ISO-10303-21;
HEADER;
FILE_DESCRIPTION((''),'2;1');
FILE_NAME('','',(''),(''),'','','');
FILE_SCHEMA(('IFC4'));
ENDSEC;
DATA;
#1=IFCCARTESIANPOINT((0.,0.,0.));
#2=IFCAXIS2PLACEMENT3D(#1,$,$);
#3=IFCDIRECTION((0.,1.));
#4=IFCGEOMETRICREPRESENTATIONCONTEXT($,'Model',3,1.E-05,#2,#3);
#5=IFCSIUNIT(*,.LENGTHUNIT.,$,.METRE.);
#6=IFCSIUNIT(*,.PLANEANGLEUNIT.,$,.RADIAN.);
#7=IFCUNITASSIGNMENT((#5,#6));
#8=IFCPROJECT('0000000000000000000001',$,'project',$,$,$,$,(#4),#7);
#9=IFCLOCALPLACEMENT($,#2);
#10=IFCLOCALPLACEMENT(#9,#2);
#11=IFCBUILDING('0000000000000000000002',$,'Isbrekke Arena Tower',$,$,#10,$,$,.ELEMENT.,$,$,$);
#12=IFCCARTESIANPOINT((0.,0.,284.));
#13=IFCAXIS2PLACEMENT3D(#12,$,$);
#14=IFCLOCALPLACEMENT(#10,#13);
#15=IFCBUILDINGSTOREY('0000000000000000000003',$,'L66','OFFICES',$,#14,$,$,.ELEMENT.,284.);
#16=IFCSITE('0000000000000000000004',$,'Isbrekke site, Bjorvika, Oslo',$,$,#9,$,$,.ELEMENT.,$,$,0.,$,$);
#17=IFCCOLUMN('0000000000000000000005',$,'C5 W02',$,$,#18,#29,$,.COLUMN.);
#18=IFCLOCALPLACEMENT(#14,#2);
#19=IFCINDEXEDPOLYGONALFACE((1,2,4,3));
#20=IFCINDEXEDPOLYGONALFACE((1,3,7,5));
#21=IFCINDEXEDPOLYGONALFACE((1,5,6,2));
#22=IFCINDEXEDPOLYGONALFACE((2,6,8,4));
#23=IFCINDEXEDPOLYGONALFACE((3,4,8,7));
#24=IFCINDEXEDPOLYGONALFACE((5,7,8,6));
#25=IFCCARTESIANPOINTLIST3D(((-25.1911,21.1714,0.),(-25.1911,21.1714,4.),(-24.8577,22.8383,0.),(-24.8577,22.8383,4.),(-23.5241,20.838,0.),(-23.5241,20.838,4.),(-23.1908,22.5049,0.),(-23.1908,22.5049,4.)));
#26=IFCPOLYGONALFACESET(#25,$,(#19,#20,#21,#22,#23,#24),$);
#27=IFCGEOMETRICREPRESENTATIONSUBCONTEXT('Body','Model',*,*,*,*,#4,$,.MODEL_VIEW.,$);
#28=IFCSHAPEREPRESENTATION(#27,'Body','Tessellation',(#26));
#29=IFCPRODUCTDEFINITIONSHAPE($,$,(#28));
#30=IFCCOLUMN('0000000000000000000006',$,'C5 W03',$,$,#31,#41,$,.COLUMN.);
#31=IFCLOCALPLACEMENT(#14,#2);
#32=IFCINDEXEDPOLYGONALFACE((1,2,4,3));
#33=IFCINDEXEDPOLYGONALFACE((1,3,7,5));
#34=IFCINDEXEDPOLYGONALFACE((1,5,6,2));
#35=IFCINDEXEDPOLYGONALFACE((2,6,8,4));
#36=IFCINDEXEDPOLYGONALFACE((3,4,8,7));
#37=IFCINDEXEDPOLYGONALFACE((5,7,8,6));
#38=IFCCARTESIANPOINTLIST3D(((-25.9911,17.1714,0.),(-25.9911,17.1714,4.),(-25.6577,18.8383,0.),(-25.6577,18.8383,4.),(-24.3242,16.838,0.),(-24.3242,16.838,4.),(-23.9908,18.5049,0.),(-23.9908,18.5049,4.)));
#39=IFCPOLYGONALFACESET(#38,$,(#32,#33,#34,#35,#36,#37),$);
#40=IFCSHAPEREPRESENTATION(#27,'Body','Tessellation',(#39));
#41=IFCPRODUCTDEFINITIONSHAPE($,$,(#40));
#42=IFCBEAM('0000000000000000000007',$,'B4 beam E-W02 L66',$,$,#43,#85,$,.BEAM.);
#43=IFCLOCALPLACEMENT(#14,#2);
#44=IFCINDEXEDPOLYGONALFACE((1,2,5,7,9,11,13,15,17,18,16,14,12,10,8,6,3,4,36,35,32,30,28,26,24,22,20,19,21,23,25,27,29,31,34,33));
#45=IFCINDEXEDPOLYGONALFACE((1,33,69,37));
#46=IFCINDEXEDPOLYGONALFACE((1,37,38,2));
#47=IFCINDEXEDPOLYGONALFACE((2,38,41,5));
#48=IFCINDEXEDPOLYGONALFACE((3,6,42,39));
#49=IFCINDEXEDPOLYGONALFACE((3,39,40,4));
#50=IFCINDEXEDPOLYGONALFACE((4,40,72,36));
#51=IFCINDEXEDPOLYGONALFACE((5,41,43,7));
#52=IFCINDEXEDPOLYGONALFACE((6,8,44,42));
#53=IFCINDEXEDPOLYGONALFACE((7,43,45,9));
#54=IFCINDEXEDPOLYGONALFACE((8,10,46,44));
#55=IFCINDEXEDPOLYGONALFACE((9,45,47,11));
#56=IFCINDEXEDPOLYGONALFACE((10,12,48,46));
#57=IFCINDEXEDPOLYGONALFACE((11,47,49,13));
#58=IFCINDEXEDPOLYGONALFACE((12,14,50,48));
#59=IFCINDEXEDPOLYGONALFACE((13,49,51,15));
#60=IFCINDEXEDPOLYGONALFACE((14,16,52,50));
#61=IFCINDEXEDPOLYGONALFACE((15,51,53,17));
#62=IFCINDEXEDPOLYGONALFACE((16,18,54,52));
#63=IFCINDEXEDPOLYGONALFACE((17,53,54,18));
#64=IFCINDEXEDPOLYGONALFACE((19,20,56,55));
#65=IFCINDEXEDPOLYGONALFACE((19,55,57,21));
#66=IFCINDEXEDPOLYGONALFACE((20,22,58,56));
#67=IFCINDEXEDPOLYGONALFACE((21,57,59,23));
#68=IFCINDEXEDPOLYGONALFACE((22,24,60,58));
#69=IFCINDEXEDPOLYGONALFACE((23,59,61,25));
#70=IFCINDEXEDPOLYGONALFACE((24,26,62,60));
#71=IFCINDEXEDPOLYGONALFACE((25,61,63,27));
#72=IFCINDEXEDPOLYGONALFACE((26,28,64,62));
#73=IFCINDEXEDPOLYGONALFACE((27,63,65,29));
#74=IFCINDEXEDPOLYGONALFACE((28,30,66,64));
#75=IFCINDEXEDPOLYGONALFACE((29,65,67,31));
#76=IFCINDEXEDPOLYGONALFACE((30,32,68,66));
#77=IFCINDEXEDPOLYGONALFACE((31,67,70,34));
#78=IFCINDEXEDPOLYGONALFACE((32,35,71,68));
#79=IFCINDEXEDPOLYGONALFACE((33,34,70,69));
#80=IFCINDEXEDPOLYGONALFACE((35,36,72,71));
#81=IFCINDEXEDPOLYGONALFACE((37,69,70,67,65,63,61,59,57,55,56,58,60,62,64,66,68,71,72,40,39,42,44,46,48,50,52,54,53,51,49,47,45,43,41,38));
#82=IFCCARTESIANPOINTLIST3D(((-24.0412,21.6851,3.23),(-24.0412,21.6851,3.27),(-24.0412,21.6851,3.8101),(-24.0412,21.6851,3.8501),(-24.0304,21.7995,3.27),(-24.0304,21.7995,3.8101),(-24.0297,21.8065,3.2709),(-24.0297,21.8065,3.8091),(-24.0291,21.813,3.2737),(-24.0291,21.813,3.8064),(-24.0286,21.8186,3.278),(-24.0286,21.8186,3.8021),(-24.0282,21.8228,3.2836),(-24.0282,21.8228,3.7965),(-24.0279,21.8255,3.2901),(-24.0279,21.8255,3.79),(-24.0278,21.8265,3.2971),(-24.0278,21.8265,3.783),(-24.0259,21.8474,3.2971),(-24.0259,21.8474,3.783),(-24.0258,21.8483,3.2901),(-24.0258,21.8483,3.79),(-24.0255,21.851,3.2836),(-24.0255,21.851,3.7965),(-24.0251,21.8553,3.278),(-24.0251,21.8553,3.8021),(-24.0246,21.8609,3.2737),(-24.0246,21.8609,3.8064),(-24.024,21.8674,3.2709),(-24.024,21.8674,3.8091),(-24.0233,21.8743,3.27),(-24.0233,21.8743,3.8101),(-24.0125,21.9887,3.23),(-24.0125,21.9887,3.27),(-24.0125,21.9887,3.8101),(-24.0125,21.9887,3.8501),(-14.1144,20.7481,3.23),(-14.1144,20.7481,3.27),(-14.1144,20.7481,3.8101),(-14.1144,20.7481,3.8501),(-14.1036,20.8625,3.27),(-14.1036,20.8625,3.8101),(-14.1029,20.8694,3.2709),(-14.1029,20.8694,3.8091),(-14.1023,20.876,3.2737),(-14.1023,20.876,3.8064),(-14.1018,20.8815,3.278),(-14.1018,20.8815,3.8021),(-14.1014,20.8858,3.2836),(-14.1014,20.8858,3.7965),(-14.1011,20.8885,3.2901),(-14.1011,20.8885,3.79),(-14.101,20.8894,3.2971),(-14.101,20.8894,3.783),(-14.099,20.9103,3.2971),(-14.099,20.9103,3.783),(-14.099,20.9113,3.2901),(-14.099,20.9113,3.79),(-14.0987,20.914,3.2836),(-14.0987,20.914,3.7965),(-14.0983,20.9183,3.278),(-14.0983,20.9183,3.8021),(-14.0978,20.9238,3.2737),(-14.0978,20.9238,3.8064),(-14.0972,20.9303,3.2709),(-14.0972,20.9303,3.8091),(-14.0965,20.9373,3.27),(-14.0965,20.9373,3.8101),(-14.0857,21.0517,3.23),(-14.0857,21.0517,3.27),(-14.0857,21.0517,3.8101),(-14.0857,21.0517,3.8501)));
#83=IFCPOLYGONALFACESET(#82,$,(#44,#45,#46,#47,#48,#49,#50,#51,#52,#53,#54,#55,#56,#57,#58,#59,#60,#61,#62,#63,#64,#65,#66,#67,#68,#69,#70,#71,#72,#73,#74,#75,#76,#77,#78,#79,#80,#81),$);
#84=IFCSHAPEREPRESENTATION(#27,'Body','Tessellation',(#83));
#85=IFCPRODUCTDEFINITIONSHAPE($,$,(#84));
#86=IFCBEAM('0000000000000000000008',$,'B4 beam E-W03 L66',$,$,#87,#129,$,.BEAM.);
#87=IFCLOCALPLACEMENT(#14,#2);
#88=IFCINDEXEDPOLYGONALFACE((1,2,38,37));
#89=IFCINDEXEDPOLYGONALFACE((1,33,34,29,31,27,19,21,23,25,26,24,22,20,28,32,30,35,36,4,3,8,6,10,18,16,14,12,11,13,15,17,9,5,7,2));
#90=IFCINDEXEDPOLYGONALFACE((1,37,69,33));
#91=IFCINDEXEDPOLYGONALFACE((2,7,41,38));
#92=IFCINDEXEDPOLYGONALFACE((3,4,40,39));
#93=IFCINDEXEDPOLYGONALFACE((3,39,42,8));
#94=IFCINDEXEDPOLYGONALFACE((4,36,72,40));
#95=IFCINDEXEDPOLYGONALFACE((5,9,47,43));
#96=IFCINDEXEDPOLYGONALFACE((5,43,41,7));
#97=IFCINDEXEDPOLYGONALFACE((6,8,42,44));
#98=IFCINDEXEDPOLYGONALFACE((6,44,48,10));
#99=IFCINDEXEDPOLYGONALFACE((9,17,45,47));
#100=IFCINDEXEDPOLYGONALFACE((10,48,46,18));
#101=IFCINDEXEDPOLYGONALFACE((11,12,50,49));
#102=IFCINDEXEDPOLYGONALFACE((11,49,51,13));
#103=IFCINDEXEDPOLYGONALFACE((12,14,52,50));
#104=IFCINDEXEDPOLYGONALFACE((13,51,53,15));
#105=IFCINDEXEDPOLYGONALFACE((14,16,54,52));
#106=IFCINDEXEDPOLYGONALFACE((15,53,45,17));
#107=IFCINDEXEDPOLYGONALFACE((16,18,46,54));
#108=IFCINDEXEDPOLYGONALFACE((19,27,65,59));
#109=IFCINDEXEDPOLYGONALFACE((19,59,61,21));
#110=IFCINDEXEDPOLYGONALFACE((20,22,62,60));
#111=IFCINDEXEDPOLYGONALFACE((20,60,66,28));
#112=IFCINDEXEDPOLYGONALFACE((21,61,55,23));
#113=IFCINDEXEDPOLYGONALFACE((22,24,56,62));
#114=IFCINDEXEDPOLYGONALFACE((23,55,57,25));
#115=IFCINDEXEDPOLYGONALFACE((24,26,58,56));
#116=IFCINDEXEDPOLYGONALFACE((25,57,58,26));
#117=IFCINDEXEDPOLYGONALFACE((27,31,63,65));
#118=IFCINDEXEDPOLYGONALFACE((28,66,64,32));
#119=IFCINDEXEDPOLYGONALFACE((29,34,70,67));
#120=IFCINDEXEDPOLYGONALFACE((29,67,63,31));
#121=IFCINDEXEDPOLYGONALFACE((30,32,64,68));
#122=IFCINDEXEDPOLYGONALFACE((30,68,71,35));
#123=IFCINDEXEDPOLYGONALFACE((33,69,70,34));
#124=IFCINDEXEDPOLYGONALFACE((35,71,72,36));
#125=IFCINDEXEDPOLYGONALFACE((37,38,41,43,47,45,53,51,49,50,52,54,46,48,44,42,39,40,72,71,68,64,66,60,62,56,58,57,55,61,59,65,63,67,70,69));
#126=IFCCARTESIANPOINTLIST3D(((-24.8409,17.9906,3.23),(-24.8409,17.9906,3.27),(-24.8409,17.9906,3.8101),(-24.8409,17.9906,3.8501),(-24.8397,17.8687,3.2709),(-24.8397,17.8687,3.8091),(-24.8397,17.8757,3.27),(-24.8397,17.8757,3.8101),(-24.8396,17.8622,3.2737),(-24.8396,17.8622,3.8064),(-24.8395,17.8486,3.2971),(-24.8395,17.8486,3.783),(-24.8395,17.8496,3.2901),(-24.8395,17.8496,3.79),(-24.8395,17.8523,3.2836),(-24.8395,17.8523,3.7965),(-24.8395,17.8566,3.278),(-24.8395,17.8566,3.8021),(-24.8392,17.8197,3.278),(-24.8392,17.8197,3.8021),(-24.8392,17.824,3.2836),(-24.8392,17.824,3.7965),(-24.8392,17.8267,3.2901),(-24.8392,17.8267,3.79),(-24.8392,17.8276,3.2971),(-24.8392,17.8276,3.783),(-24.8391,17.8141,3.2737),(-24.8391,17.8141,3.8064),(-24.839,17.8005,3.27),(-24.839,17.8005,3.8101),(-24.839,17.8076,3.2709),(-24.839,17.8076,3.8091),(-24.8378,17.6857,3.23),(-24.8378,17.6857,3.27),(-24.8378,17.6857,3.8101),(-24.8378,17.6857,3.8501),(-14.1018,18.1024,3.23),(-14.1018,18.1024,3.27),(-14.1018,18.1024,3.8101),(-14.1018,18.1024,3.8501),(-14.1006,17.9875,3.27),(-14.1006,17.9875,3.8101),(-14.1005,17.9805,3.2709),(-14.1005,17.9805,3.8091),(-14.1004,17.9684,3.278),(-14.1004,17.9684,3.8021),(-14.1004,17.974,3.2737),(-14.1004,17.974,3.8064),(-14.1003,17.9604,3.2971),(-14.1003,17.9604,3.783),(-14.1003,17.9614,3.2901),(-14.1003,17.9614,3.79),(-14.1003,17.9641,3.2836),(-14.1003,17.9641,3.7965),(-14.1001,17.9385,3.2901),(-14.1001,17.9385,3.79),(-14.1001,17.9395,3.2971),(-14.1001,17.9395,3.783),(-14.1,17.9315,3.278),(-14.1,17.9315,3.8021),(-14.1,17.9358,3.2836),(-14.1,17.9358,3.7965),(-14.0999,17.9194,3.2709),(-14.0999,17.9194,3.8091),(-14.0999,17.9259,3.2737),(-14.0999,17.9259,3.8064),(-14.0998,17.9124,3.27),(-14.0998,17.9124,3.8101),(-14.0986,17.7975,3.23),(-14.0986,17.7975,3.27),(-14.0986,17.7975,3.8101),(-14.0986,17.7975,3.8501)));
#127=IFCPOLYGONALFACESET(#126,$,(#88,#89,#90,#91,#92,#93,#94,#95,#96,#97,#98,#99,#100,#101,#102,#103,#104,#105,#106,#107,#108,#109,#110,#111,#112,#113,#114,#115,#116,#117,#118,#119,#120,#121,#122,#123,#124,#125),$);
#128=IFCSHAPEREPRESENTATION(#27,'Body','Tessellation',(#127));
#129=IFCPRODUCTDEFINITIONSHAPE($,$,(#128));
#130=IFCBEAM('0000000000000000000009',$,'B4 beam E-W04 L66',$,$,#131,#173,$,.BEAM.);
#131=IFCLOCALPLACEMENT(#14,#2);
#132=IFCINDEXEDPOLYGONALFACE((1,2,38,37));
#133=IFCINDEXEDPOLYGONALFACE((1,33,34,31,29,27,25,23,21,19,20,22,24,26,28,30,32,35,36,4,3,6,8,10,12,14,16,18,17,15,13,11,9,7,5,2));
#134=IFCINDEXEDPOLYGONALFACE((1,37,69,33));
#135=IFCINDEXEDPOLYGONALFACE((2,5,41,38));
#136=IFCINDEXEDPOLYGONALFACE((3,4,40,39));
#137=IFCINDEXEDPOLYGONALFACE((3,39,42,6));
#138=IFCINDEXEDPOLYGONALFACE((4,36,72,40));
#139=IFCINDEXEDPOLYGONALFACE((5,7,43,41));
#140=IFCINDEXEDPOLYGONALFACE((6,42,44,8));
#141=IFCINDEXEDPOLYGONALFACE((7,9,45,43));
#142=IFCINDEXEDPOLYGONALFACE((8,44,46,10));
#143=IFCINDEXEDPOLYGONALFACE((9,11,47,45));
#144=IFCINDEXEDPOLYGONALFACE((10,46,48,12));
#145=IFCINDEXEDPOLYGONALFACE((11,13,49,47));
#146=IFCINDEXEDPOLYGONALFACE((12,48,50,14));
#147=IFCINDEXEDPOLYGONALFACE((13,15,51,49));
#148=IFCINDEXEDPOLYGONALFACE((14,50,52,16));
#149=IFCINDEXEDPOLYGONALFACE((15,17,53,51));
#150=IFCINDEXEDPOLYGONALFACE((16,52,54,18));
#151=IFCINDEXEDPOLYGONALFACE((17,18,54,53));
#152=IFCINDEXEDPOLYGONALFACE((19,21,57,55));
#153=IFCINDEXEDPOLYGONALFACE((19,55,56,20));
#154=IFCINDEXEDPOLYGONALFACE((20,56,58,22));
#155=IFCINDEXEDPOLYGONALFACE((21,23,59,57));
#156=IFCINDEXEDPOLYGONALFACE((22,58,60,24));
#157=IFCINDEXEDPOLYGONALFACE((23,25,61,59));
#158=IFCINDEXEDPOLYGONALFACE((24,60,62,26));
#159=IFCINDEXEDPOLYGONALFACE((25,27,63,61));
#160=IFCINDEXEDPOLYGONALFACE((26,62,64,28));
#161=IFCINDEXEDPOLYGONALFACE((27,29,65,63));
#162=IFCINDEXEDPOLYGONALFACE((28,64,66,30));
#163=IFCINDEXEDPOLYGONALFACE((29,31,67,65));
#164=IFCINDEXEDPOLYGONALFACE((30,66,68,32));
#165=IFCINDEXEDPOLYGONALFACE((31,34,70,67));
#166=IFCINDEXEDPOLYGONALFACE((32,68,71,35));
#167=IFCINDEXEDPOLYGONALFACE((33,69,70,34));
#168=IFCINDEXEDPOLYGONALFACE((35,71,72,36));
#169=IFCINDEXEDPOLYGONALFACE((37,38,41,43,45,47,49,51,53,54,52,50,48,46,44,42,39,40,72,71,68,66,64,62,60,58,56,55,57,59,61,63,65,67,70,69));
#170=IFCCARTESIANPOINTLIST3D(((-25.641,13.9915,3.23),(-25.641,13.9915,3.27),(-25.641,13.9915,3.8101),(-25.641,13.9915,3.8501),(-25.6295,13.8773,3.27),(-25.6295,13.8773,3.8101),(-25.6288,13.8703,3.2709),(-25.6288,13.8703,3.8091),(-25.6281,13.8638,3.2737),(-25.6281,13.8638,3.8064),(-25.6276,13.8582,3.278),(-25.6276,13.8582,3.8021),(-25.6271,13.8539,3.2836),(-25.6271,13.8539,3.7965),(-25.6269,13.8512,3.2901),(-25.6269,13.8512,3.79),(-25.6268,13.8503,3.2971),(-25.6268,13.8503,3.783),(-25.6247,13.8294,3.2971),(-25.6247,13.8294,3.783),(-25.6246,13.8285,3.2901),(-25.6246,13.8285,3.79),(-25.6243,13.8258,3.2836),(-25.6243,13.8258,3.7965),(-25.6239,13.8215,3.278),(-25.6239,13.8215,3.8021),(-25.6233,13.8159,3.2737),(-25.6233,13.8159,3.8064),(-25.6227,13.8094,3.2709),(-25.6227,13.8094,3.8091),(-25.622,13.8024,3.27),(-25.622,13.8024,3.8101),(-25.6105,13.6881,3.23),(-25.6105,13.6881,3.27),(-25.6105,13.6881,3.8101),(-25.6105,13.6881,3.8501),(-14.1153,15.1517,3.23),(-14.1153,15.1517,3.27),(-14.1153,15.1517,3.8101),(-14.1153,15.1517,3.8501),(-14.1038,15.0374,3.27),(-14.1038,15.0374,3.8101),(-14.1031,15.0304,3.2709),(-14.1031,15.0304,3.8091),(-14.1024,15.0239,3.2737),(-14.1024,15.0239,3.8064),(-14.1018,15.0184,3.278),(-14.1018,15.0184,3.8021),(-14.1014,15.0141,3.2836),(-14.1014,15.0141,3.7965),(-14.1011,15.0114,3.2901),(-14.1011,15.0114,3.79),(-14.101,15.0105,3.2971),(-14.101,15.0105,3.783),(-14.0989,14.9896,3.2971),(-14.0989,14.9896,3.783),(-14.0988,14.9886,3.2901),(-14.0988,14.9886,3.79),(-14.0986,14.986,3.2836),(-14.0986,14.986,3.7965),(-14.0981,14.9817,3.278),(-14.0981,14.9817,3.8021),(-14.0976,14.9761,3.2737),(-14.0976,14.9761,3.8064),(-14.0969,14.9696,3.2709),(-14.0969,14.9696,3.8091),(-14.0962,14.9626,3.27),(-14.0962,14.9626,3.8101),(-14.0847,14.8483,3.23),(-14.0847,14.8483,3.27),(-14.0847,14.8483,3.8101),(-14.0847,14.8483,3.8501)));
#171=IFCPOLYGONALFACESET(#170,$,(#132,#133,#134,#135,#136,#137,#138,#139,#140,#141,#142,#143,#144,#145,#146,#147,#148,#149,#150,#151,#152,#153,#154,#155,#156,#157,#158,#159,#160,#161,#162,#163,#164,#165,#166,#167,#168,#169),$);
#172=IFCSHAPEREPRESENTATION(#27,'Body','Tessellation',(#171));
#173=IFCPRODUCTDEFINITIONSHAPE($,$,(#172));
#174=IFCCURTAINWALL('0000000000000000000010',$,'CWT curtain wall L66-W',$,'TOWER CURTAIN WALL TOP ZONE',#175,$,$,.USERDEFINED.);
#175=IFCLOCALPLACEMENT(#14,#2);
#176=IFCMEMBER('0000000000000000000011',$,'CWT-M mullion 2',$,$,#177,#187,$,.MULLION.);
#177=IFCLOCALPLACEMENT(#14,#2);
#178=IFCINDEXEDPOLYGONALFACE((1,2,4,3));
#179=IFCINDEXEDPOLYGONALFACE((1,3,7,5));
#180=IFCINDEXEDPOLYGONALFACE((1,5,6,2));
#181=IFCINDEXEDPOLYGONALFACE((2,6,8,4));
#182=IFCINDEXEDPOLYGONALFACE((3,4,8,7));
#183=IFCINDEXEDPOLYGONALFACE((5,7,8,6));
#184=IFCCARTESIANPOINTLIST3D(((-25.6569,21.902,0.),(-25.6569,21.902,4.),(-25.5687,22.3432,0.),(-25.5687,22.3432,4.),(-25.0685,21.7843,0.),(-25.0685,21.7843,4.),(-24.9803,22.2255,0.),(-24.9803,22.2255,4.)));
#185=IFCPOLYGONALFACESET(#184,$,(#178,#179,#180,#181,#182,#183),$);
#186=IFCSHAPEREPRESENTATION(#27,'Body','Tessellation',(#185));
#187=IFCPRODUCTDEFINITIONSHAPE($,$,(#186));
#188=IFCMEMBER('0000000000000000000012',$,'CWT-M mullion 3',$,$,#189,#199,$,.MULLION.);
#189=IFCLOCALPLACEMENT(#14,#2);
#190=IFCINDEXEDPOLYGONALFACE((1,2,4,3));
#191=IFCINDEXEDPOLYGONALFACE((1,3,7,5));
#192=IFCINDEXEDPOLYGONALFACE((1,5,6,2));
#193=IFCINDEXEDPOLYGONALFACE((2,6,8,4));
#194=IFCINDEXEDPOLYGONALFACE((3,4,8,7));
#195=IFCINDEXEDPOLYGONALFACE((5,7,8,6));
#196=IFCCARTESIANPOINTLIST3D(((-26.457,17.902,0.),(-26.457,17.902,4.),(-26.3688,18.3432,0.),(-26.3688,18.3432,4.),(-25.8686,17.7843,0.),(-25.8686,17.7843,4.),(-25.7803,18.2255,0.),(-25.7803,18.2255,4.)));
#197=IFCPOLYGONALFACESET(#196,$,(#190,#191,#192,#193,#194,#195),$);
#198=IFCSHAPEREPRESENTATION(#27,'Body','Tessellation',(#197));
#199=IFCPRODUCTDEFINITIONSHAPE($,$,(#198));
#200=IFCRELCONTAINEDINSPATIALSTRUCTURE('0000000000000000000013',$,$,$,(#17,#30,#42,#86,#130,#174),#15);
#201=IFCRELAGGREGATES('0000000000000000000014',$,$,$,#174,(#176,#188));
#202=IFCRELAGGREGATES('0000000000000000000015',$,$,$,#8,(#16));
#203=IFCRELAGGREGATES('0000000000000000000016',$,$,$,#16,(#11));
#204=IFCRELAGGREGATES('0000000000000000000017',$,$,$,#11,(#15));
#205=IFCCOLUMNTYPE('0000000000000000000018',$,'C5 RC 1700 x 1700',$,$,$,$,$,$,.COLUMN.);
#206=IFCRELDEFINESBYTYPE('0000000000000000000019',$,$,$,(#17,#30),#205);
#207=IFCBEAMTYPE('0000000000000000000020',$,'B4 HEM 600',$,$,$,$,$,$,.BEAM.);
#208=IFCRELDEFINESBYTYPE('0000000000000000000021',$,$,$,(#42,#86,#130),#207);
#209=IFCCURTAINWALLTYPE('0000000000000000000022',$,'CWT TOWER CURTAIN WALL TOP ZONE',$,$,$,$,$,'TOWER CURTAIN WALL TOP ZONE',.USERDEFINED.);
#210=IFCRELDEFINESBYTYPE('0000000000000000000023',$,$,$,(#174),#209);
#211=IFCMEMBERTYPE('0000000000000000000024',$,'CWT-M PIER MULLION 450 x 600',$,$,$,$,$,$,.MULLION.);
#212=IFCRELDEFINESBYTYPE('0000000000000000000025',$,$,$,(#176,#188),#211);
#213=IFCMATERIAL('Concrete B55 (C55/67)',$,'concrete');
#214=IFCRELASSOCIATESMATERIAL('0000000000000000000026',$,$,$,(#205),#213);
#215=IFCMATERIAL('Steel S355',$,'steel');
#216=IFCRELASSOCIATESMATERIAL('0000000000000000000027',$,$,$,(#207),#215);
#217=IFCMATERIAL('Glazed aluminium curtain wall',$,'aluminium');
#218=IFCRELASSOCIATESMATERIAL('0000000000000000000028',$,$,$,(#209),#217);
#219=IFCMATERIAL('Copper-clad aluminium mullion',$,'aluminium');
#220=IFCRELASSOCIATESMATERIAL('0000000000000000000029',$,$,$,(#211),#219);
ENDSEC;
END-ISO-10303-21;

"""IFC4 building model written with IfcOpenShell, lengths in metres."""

from ifc_helpers import new_model, si_unit, direction, frame, origin, origin_2d, place, context, subcontext, project, spatial, rectangle, i_section, extrude, material, material_profile, profile_set, type_object, element, aggregate, save


model = new_model("IFC4")

# Units and contexts
model_context = context("Model", 3, precision=1e-05, world=origin(), true_north=direction((0.0, 1.0)))
body_context = subcontext(model_context, "Body", "Model", "MODEL_VIEW")
ifc_project = project(units=[si_unit("LENGTHUNIT", "METRE"), si_unit("PLANEANGLEUNIT", "RADIAN")], contexts=[model_context])

# Site, building, storey
site_placement = place(None, origin())
site = spatial("IfcSite", under=ifc_project, at=site_placement, Name="Isbrekke site, Bjorvika, Oslo", CompositionType="ELEMENT", RefElevation=0.0)
building_placement = place(site_placement, origin())
building = spatial("IfcBuilding", under=site, at=building_placement, Name="Isbrekke Arena Tower", CompositionType="ELEMENT")
storey_placement = place(building_placement, frame((0.0, 0.0, 284.0)))
storey = spatial("IfcBuildingStorey", under=building, at=storey_placement, Name="L66", Description="OFFICES", CompositionType="ELEMENT", Elevation=284.0)

# Columns
ifc_material_1 = material(Name="Concrete B55 (C55/67)", Category="concrete")
ifc_material_profile_1 = material_profile(ifc_material_1, rectangle(XDim=1.7, YDim=1.7, at=origin_2d()), Name="RC 1700x1700")
ifc_profile_set_1 = profile_set([ifc_material_profile_1], Name="Concrete B55 (C55/67)")
column_type = type_object("IfcColumnType", Name="C5 RC 1700 x 1700", PredefinedType="COLUMN", material=ifc_profile_set_1)
for number, where, z_axis, x_axis, name in (
    (1, (-24.1909, 21.8381, 0.0), (0.0, 0.0, 1.0), (-0.196116, -0.980581, 0.0), "C5 W02"),
    (2, (-24.991, 17.8381, 0.0), (0.0, 0.0, 1.0), (-0.196116, -0.980581, 0.0), "C5 W03"),
):
    element("IfcColumn", number, at=place(storey_placement, frame(where, z_axis=z_axis, x_axis=x_axis)), inside=storey, type_object=column_type, Name=name, PredefinedType="COLUMN", context=body_context, shape_type="SweptSolid", body=[
        extrude(rectangle(XDim=1.7, YDim=1.7, at=origin_2d()), origin(), (0.0, 0.0, 1.0), 4.0),
    ])

# Beams
ifc_material_2 = material(Name="Steel S355", Category="steel")
ifc_material_profile_2 = material_profile(ifc_material_2, i_section(OverallWidth=0.3049, OverallDepth=0.6201, WebThickness=0.021, FlangeThickness=0.04, FilletRadius=0.0271, at=origin_2d()), Name="HEM 600")
ifc_profile_set_2 = profile_set([ifc_material_profile_2], Name="Steel S355")
beam_type_1 = type_object("IfcBeamType", Name="B4 HEM 600", PredefinedType="BEAM", material=ifc_profile_set_2)
beam_1_placement = place(storey_placement, frame((-24.0269, 21.8369, 3.54), z_axis=(0.995575, -0.093975, 0.0), x_axis=(0.093975, 0.995575, 0.0)))
element("IfcBeam", 3, at=beam_1_placement, inside=storey, type_object=beam_type_1, Name="B4 beam E-W02 L66", PredefinedType="BEAM", context=body_context, shape_type="SweptSolid", body=[
    extrude(i_section(OverallWidth=0.3049, OverallDepth=0.6201, WebThickness=0.021, FlangeThickness=0.04, FilletRadius=0.0271, at=origin_2d()), origin(), (0.0, 0.0, 1.0), 9.9709),
])
beam_2_placement = place(storey_placement, frame((-24.8394, 17.8381, 3.54), z_axis=(0.999946, 0.010411, 0.0), x_axis=(-0.010411, 0.999946, 0.0)))
element("IfcBeam", 4, at=beam_2_placement, inside=storey, type_object=beam_type_1, Name="B4 beam E-W03 L66", PredefinedType="BEAM", context=body_context, shape_type="SweptSolid", body=[
    extrude(i_section(OverallWidth=0.3049, OverallDepth=0.6201, WebThickness=0.021, FlangeThickness=0.04, FilletRadius=0.0271, at=origin_2d()), origin(), (0.0, 0.0, 1.0), 10.7397),
])
beam_3_placement = place(storey_placement, frame((-25.6257, 13.8398, 3.54), z_axis=(0.994972, 0.100153, 0.0), x_axis=(-0.100153, 0.994972, 0.0)))
element("IfcBeam", 5, at=beam_3_placement, inside=storey, type_object=beam_type_1, Name="B4 beam E-W04 L66", PredefinedType="BEAM", context=body_context, shape_type="SweptSolid", body=[
    extrude(i_section(OverallWidth=0.3049, OverallDepth=0.6201, WebThickness=0.021, FlangeThickness=0.04, FilletRadius=0.0271, at=origin_2d()), origin(), (0.0, 0.0, 1.0), 11.584),
])

# Curtain wall, members
ifc_material_3 = material(Name="Glazed aluminium curtain wall", Category="aluminium")
curtain_wall_type = type_object("IfcCurtainWallType", Name="CWT TOWER CURTAIN WALL TOP ZONE", ElementType="TOWER CURTAIN WALL TOP ZONE", PredefinedType="USERDEFINED", material=ifc_material_3)
curtain_wall_placement = place(storey_placement, origin())
curtain_wall = element("IfcCurtainWall", 6, at=curtain_wall_placement, inside=storey, type_object=curtain_wall_type, Name="CWT curtain wall L66-W", ObjectType="TOWER CURTAIN WALL TOP ZONE", PredefinedType="USERDEFINED")
ifc_material_4 = material(Name="Copper-clad aluminium mullion", Category="aluminium")
ifc_material_profile_3 = material_profile(ifc_material_4, rectangle(XDim=0.45, YDim=0.6001, at=origin_2d()), Name="PIER 450X600")
ifc_profile_set_3 = profile_set([ifc_material_profile_3], Name="Copper-clad aluminium mullion")
member_type_1 = type_object("IfcMemberType", Name="CWT-M PIER MULLION 450 x 600", PredefinedType="MULLION", material=ifc_profile_set_3)
member_1_placement = place(storey_placement, frame((-25.3186, 22.0637, 0.0), z_axis=(0.0, 0.0, 1.0), x_axis=(-0.196116, -0.980581, 0.0)))
member_1 = element("IfcMember", 7, at=member_1_placement, type_object=member_type_1, Name="CWT-M mullion 2", PredefinedType="MULLION", context=body_context, shape_type="SweptSolid", body=[
    extrude(rectangle(XDim=0.45, YDim=0.6001, at=origin_2d()), origin(), (0.0, 0.0, 1.0), 4.0),
])
member_2_placement = place(storey_placement, frame((-26.1187, 18.0637, 0.0), z_axis=(0.0, 0.0, 1.0), x_axis=(-0.196116, -0.980581, 0.0)))
member_2 = element("IfcMember", 8, at=member_2_placement, type_object=member_type_1, Name="CWT-M mullion 3", PredefinedType="MULLION", context=body_context, shape_type="SweptSolid", body=[
    extrude(rectangle(XDim=0.45, YDim=0.6001, at=origin_2d()), origin(), (0.0, 0.0, 1.0), 4.0),
])

aggregate(curtain_wall, [member_1, member_2])

save(model, "model.ifc")
